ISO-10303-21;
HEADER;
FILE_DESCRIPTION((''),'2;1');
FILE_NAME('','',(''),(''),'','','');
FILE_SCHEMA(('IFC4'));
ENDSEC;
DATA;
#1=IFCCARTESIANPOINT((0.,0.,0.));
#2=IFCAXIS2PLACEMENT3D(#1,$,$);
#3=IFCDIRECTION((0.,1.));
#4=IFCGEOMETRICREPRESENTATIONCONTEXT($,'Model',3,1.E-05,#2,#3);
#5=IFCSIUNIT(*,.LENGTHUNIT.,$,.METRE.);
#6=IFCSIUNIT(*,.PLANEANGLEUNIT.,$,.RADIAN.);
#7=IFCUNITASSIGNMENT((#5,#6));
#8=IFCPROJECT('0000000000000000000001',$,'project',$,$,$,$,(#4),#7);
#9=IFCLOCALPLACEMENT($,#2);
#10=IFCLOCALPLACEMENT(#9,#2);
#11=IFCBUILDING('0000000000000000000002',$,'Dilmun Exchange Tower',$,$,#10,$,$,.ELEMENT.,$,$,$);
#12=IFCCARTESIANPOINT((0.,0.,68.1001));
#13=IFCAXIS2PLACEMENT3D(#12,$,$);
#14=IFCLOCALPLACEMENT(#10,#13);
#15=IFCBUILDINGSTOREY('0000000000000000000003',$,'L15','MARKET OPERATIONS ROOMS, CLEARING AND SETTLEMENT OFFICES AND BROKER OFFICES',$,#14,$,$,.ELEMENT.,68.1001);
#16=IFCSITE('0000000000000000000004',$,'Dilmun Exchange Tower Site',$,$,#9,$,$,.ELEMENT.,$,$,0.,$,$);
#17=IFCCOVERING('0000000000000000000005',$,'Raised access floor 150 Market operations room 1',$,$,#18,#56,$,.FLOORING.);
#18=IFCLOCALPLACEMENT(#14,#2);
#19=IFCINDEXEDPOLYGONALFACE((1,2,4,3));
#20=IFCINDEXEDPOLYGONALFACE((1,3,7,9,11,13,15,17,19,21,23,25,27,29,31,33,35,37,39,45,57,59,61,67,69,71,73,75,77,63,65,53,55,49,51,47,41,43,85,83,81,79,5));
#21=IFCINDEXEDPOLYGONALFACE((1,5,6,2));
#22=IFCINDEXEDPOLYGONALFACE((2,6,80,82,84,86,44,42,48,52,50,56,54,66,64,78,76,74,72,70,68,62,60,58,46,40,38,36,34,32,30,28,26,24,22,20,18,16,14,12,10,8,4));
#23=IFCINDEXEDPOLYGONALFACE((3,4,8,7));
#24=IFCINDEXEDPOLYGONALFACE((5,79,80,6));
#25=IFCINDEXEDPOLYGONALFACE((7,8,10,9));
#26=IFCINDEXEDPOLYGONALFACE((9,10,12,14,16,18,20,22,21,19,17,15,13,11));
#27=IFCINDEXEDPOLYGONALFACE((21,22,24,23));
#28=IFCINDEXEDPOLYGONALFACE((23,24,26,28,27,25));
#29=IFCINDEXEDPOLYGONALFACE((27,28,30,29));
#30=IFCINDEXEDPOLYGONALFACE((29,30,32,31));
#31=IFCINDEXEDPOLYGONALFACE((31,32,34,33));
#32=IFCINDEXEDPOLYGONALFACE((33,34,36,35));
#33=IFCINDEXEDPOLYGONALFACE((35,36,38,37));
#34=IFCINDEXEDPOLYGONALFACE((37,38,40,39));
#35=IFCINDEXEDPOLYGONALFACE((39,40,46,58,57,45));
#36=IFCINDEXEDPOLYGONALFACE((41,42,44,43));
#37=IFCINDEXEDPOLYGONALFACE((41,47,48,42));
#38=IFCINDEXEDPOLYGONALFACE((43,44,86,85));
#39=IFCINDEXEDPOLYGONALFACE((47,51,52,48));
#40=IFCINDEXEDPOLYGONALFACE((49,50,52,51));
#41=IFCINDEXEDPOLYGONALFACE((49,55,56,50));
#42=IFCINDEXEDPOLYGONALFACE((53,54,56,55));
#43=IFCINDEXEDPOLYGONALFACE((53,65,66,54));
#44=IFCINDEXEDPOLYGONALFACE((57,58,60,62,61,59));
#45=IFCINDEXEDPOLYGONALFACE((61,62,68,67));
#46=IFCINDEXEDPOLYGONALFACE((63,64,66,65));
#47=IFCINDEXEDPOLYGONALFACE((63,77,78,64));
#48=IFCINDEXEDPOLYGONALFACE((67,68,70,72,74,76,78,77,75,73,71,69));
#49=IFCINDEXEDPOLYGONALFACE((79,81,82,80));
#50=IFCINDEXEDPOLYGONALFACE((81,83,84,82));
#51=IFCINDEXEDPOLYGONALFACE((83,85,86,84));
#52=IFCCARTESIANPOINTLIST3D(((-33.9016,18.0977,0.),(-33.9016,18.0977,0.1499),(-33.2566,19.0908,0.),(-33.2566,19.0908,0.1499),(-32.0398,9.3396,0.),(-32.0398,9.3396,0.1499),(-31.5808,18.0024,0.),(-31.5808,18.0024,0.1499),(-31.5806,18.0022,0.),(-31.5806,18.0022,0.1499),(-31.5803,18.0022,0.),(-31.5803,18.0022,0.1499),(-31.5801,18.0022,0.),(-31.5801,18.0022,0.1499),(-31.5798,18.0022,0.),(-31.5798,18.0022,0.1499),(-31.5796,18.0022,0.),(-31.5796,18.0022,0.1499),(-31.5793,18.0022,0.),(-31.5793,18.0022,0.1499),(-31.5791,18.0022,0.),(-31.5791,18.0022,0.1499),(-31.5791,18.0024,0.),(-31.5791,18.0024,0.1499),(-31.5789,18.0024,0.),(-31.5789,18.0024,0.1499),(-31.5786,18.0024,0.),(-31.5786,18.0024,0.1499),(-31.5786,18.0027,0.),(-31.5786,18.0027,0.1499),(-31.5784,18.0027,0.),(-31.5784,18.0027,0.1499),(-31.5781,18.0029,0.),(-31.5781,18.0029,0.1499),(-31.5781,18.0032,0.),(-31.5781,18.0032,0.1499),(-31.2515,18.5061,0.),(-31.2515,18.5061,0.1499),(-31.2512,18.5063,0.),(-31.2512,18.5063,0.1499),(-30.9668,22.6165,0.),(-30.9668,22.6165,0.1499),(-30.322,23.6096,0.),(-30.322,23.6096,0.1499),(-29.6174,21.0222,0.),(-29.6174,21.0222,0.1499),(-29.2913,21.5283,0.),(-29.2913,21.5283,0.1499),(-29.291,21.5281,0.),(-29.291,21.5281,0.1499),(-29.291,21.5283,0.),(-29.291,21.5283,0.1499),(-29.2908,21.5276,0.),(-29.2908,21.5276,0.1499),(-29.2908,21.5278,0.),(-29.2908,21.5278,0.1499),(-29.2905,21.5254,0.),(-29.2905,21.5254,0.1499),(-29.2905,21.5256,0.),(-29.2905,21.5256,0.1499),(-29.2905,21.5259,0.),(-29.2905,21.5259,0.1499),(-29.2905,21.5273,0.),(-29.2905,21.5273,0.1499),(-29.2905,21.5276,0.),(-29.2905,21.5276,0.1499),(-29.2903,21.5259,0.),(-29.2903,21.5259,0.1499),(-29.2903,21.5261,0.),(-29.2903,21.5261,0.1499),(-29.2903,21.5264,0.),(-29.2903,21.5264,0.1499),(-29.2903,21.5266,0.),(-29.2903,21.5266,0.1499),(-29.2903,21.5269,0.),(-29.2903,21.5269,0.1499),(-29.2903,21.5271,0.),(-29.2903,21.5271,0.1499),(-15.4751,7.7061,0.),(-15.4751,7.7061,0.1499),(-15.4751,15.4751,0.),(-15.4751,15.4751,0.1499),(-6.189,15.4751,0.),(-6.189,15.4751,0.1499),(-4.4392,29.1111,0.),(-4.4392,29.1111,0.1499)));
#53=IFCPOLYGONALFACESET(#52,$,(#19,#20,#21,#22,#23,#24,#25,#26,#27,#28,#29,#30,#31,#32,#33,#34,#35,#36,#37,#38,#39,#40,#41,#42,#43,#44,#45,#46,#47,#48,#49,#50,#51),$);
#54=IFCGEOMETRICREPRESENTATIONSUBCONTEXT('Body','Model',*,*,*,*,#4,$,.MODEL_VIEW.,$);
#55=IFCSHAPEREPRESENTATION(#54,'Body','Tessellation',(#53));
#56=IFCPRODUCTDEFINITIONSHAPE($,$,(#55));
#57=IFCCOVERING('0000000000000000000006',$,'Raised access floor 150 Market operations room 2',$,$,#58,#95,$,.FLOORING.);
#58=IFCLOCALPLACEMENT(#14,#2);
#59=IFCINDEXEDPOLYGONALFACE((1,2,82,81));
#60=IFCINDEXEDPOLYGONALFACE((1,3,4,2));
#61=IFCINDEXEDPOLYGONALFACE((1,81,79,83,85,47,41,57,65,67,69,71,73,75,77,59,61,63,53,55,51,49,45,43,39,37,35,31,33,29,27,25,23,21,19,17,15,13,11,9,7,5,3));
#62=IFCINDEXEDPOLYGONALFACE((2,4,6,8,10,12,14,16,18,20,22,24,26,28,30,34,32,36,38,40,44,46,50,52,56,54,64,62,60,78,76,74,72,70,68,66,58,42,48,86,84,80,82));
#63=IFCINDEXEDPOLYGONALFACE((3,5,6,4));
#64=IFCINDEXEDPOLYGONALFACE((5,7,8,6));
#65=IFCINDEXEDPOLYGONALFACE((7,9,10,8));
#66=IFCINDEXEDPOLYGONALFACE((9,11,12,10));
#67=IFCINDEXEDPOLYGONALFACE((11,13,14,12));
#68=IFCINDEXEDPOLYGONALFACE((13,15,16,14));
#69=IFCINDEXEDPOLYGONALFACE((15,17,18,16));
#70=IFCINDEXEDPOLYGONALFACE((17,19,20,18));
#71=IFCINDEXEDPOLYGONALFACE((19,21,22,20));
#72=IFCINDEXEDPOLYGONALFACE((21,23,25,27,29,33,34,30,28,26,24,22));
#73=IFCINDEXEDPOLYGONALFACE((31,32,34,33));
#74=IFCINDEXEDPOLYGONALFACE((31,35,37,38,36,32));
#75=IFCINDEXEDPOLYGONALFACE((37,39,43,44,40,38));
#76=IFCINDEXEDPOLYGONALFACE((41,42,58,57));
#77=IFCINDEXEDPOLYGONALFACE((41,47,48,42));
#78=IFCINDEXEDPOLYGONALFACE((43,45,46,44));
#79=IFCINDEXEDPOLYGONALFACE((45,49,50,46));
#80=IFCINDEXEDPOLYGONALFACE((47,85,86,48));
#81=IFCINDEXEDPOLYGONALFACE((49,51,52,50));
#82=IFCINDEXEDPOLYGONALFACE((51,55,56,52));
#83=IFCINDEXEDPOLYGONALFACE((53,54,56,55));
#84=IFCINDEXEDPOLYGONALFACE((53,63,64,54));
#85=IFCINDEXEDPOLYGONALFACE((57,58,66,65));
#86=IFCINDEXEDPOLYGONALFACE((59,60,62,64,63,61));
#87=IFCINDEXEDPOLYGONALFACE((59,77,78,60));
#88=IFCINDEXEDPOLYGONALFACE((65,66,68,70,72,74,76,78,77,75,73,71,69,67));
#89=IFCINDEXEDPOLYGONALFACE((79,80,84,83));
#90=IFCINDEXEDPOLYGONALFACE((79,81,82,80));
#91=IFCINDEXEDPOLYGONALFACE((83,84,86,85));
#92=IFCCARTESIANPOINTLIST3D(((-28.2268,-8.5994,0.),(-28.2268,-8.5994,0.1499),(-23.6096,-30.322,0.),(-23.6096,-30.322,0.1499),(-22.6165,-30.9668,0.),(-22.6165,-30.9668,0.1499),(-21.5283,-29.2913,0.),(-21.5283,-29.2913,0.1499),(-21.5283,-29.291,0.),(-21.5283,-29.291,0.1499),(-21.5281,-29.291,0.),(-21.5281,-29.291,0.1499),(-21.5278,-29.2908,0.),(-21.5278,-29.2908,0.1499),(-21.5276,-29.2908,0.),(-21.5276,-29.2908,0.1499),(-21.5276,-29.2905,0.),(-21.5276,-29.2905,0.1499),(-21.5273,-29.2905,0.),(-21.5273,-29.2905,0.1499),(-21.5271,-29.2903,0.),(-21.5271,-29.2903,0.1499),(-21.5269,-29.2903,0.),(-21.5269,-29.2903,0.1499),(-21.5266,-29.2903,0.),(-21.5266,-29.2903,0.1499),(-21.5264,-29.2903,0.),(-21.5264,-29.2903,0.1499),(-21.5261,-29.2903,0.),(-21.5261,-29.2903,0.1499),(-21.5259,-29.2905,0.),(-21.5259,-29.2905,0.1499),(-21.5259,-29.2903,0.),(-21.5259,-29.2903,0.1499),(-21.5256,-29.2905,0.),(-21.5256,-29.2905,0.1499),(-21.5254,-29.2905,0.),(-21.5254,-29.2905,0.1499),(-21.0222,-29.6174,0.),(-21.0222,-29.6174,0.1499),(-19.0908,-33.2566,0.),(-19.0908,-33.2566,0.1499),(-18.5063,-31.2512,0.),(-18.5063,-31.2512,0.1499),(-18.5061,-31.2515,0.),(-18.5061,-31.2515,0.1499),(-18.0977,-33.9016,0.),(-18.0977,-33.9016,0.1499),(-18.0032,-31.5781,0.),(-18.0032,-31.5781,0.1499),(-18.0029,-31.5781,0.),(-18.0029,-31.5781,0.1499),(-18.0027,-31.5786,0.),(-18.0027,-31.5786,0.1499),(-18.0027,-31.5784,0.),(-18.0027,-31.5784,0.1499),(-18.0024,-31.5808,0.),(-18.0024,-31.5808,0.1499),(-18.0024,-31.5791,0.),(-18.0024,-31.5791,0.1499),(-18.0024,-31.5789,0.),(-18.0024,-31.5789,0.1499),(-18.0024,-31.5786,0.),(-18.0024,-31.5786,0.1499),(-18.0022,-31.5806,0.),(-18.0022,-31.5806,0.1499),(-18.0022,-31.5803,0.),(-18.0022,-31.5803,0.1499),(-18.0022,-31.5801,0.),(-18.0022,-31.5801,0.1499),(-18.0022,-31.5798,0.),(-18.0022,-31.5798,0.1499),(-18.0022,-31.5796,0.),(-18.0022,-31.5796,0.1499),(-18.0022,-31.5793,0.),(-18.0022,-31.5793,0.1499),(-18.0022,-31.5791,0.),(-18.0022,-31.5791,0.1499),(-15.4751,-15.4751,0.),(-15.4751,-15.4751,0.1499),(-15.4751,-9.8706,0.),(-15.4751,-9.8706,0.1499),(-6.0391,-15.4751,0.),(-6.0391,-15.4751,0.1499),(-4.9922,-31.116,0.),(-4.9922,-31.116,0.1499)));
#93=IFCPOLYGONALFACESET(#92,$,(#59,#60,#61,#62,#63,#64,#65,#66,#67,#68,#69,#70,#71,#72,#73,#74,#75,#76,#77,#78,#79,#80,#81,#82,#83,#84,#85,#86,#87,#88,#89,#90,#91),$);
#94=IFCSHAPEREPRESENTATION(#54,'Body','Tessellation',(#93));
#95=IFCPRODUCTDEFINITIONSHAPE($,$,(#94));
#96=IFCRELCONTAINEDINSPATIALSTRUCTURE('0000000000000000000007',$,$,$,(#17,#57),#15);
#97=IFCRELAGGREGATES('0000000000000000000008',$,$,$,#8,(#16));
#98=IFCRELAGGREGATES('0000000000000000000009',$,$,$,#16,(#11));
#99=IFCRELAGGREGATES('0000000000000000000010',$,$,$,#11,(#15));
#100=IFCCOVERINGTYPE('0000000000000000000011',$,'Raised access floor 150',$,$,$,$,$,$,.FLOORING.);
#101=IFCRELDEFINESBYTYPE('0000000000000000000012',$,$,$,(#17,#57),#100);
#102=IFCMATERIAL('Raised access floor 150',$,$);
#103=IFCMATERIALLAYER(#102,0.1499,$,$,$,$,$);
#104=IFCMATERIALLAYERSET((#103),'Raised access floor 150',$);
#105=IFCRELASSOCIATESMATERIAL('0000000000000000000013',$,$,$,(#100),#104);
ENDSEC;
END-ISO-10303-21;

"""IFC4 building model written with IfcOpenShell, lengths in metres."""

from ifc_helpers import new_model, si_unit, direction, frame, origin, place, context, subcontext, project, spatial, polyline, outline, extrude, material, layer, layer_set, type_object, element, save


model = new_model("IFC4")

# Units and contexts
model_context = context("Model", 3, precision=1e-05, world=origin(), true_north=direction((0.0, 1.0)))
body_context = subcontext(model_context, "Body", "Model", "MODEL_VIEW")
ifc_project = project(units=[si_unit("LENGTHUNIT", "METRE"), si_unit("PLANEANGLEUNIT", "RADIAN")], contexts=[model_context])

# Site, building, storey
site_placement = place(None, origin())
site = spatial("IfcSite", under=ifc_project, at=site_placement, Name="Dilmun Exchange Tower Site", CompositionType="ELEMENT", RefElevation=0.0)
building_placement = place(site_placement, origin())
building = spatial("IfcBuilding", under=site, at=building_placement, Name="Dilmun Exchange Tower", CompositionType="ELEMENT")
storey_placement = place(building_placement, frame((0.0, 0.0, 68.1001)))
storey = spatial("IfcBuildingStorey", under=building, at=storey_placement, Name="L15", Description="MARKET OPERATIONS ROOMS, CLEARING AND SETTLEMENT OFFICES AND BROKER OFFICES", CompositionType="ELEMENT", Elevation=68.1001)

# Coverings
ifc_material_1 = material(Name="Raised access floor 150")
ifc_layer_1 = layer(ifc_material_1, 0.1499)
ifc_layer_set_1 = layer_set([ifc_layer_1], Name="Raised access floor 150")
covering_type_1 = type_object("IfcCoveringType", Name="Raised access floor 150", PredefinedType="FLOORING", material=ifc_layer_set_1)
covering_1_placement = place(storey_placement, origin())
element("IfcCovering", 1, at=covering_1_placement, inside=storey, type_object=covering_type_1, Name="Raised access floor 150 Market operations room 1", PredefinedType="FLOORING", context=body_context, shape_type="SweptSolid", body=[
    extrude(outline(polyline([(-6.189, 15.4751), (-15.4751, 15.4751), (-15.4751, 7.7061), (-32.0398, 9.3396), (-33.9016, 18.0977), (-33.2566, 19.0908), (-31.5808, 18.0024), (-31.5808, 18.0024), (-31.5806, 18.0022), (-31.5803, 18.0022), (-31.5801, 18.0022), (-31.5801, 18.0022), (-31.5798, 18.0022), (-31.5796, 18.0022), (-31.5793, 18.0022), (-31.5791, 18.0022), (-31.5791, 18.0024), (-31.5789, 18.0024), (-31.5786, 18.0024), (-31.5786, 18.0027), (-31.5784, 18.0027), (-31.5781, 18.0029), (-31.5781, 18.0032), (-31.2515, 18.5061), (-31.2512, 18.5063), (-29.6174, 21.0222), (-29.2905, 21.5254), (-29.2905, 21.5256), (-29.2905, 21.5259), (-29.2903, 21.5259), (-29.2903, 21.5261), (-29.2903, 21.5264), (-29.2903, 21.5266), (-29.2903, 21.5269), (-29.2903, 21.5271), (-29.2903, 21.5271), (-29.2905, 21.5273), (-29.2905, 21.5276), (-29.2908, 21.5276), (-29.2908, 21.5278), (-29.291, 21.5281), (-29.291, 21.5283), (-29.2913, 21.5283), (-30.9668, 22.6165), (-30.322, 23.6096), (-4.4392, 29.1111), (-6.189, 15.4751)])), origin(), (0.0, 0.0, 1.0), 0.1499),
])
covering_2_placement = place(storey_placement, origin())
element("IfcCovering", 2, at=covering_2_placement, inside=storey, type_object=covering_type_1, Name="Raised access floor 150 Market operations room 2", PredefinedType="FLOORING", context=body_context, shape_type="SweptSolid", body=[
    extrude(outline(polyline([(-15.4751, -9.8706), (-15.4751, -15.4751), (-6.0391, -15.4751), (-4.9922, -31.116), (-18.0977, -33.9016), (-19.0908, -33.2566), (-18.0024, -31.5808), (-18.0024, -31.5808), (-18.0022, -31.5806), (-18.0022, -31.5803), (-18.0022, -31.5801), (-18.0022, -31.5801), (-18.0022, -31.5798), (-18.0022, -31.5796), (-18.0022, -31.5793), (-18.0022, -31.5791), (-18.0024, -31.5791), (-18.0024, -31.5789), (-18.0024, -31.5786), (-18.0027, -31.5786), (-18.0027, -31.5784), (-18.0029, -31.5781), (-18.0032, -31.5781), (-18.5061, -31.2515), (-18.5063, -31.2512), (-21.0222, -29.6174), (-21.5254, -29.2905), (-21.5256, -29.2905), (-21.5259, -29.2905), (-21.5259, -29.2903), (-21.5261, -29.2903), (-21.5264, -29.2903), (-21.5266, -29.2903), (-21.5269, -29.2903), (-21.5271, -29.2903), (-21.5271, -29.2903), (-21.5273, -29.2905), (-21.5276, -29.2905), (-21.5276, -29.2908), (-21.5278, -29.2908), (-21.5281, -29.291), (-21.5283, -29.291), (-21.5283, -29.2913), (-22.6165, -30.9668), (-23.6096, -30.322), (-28.2268, -8.5994), (-15.4751, -9.8706)])), origin(), (0.0, 0.0, 1.0), 0.1499),
])

save(model, "model.ifc")
